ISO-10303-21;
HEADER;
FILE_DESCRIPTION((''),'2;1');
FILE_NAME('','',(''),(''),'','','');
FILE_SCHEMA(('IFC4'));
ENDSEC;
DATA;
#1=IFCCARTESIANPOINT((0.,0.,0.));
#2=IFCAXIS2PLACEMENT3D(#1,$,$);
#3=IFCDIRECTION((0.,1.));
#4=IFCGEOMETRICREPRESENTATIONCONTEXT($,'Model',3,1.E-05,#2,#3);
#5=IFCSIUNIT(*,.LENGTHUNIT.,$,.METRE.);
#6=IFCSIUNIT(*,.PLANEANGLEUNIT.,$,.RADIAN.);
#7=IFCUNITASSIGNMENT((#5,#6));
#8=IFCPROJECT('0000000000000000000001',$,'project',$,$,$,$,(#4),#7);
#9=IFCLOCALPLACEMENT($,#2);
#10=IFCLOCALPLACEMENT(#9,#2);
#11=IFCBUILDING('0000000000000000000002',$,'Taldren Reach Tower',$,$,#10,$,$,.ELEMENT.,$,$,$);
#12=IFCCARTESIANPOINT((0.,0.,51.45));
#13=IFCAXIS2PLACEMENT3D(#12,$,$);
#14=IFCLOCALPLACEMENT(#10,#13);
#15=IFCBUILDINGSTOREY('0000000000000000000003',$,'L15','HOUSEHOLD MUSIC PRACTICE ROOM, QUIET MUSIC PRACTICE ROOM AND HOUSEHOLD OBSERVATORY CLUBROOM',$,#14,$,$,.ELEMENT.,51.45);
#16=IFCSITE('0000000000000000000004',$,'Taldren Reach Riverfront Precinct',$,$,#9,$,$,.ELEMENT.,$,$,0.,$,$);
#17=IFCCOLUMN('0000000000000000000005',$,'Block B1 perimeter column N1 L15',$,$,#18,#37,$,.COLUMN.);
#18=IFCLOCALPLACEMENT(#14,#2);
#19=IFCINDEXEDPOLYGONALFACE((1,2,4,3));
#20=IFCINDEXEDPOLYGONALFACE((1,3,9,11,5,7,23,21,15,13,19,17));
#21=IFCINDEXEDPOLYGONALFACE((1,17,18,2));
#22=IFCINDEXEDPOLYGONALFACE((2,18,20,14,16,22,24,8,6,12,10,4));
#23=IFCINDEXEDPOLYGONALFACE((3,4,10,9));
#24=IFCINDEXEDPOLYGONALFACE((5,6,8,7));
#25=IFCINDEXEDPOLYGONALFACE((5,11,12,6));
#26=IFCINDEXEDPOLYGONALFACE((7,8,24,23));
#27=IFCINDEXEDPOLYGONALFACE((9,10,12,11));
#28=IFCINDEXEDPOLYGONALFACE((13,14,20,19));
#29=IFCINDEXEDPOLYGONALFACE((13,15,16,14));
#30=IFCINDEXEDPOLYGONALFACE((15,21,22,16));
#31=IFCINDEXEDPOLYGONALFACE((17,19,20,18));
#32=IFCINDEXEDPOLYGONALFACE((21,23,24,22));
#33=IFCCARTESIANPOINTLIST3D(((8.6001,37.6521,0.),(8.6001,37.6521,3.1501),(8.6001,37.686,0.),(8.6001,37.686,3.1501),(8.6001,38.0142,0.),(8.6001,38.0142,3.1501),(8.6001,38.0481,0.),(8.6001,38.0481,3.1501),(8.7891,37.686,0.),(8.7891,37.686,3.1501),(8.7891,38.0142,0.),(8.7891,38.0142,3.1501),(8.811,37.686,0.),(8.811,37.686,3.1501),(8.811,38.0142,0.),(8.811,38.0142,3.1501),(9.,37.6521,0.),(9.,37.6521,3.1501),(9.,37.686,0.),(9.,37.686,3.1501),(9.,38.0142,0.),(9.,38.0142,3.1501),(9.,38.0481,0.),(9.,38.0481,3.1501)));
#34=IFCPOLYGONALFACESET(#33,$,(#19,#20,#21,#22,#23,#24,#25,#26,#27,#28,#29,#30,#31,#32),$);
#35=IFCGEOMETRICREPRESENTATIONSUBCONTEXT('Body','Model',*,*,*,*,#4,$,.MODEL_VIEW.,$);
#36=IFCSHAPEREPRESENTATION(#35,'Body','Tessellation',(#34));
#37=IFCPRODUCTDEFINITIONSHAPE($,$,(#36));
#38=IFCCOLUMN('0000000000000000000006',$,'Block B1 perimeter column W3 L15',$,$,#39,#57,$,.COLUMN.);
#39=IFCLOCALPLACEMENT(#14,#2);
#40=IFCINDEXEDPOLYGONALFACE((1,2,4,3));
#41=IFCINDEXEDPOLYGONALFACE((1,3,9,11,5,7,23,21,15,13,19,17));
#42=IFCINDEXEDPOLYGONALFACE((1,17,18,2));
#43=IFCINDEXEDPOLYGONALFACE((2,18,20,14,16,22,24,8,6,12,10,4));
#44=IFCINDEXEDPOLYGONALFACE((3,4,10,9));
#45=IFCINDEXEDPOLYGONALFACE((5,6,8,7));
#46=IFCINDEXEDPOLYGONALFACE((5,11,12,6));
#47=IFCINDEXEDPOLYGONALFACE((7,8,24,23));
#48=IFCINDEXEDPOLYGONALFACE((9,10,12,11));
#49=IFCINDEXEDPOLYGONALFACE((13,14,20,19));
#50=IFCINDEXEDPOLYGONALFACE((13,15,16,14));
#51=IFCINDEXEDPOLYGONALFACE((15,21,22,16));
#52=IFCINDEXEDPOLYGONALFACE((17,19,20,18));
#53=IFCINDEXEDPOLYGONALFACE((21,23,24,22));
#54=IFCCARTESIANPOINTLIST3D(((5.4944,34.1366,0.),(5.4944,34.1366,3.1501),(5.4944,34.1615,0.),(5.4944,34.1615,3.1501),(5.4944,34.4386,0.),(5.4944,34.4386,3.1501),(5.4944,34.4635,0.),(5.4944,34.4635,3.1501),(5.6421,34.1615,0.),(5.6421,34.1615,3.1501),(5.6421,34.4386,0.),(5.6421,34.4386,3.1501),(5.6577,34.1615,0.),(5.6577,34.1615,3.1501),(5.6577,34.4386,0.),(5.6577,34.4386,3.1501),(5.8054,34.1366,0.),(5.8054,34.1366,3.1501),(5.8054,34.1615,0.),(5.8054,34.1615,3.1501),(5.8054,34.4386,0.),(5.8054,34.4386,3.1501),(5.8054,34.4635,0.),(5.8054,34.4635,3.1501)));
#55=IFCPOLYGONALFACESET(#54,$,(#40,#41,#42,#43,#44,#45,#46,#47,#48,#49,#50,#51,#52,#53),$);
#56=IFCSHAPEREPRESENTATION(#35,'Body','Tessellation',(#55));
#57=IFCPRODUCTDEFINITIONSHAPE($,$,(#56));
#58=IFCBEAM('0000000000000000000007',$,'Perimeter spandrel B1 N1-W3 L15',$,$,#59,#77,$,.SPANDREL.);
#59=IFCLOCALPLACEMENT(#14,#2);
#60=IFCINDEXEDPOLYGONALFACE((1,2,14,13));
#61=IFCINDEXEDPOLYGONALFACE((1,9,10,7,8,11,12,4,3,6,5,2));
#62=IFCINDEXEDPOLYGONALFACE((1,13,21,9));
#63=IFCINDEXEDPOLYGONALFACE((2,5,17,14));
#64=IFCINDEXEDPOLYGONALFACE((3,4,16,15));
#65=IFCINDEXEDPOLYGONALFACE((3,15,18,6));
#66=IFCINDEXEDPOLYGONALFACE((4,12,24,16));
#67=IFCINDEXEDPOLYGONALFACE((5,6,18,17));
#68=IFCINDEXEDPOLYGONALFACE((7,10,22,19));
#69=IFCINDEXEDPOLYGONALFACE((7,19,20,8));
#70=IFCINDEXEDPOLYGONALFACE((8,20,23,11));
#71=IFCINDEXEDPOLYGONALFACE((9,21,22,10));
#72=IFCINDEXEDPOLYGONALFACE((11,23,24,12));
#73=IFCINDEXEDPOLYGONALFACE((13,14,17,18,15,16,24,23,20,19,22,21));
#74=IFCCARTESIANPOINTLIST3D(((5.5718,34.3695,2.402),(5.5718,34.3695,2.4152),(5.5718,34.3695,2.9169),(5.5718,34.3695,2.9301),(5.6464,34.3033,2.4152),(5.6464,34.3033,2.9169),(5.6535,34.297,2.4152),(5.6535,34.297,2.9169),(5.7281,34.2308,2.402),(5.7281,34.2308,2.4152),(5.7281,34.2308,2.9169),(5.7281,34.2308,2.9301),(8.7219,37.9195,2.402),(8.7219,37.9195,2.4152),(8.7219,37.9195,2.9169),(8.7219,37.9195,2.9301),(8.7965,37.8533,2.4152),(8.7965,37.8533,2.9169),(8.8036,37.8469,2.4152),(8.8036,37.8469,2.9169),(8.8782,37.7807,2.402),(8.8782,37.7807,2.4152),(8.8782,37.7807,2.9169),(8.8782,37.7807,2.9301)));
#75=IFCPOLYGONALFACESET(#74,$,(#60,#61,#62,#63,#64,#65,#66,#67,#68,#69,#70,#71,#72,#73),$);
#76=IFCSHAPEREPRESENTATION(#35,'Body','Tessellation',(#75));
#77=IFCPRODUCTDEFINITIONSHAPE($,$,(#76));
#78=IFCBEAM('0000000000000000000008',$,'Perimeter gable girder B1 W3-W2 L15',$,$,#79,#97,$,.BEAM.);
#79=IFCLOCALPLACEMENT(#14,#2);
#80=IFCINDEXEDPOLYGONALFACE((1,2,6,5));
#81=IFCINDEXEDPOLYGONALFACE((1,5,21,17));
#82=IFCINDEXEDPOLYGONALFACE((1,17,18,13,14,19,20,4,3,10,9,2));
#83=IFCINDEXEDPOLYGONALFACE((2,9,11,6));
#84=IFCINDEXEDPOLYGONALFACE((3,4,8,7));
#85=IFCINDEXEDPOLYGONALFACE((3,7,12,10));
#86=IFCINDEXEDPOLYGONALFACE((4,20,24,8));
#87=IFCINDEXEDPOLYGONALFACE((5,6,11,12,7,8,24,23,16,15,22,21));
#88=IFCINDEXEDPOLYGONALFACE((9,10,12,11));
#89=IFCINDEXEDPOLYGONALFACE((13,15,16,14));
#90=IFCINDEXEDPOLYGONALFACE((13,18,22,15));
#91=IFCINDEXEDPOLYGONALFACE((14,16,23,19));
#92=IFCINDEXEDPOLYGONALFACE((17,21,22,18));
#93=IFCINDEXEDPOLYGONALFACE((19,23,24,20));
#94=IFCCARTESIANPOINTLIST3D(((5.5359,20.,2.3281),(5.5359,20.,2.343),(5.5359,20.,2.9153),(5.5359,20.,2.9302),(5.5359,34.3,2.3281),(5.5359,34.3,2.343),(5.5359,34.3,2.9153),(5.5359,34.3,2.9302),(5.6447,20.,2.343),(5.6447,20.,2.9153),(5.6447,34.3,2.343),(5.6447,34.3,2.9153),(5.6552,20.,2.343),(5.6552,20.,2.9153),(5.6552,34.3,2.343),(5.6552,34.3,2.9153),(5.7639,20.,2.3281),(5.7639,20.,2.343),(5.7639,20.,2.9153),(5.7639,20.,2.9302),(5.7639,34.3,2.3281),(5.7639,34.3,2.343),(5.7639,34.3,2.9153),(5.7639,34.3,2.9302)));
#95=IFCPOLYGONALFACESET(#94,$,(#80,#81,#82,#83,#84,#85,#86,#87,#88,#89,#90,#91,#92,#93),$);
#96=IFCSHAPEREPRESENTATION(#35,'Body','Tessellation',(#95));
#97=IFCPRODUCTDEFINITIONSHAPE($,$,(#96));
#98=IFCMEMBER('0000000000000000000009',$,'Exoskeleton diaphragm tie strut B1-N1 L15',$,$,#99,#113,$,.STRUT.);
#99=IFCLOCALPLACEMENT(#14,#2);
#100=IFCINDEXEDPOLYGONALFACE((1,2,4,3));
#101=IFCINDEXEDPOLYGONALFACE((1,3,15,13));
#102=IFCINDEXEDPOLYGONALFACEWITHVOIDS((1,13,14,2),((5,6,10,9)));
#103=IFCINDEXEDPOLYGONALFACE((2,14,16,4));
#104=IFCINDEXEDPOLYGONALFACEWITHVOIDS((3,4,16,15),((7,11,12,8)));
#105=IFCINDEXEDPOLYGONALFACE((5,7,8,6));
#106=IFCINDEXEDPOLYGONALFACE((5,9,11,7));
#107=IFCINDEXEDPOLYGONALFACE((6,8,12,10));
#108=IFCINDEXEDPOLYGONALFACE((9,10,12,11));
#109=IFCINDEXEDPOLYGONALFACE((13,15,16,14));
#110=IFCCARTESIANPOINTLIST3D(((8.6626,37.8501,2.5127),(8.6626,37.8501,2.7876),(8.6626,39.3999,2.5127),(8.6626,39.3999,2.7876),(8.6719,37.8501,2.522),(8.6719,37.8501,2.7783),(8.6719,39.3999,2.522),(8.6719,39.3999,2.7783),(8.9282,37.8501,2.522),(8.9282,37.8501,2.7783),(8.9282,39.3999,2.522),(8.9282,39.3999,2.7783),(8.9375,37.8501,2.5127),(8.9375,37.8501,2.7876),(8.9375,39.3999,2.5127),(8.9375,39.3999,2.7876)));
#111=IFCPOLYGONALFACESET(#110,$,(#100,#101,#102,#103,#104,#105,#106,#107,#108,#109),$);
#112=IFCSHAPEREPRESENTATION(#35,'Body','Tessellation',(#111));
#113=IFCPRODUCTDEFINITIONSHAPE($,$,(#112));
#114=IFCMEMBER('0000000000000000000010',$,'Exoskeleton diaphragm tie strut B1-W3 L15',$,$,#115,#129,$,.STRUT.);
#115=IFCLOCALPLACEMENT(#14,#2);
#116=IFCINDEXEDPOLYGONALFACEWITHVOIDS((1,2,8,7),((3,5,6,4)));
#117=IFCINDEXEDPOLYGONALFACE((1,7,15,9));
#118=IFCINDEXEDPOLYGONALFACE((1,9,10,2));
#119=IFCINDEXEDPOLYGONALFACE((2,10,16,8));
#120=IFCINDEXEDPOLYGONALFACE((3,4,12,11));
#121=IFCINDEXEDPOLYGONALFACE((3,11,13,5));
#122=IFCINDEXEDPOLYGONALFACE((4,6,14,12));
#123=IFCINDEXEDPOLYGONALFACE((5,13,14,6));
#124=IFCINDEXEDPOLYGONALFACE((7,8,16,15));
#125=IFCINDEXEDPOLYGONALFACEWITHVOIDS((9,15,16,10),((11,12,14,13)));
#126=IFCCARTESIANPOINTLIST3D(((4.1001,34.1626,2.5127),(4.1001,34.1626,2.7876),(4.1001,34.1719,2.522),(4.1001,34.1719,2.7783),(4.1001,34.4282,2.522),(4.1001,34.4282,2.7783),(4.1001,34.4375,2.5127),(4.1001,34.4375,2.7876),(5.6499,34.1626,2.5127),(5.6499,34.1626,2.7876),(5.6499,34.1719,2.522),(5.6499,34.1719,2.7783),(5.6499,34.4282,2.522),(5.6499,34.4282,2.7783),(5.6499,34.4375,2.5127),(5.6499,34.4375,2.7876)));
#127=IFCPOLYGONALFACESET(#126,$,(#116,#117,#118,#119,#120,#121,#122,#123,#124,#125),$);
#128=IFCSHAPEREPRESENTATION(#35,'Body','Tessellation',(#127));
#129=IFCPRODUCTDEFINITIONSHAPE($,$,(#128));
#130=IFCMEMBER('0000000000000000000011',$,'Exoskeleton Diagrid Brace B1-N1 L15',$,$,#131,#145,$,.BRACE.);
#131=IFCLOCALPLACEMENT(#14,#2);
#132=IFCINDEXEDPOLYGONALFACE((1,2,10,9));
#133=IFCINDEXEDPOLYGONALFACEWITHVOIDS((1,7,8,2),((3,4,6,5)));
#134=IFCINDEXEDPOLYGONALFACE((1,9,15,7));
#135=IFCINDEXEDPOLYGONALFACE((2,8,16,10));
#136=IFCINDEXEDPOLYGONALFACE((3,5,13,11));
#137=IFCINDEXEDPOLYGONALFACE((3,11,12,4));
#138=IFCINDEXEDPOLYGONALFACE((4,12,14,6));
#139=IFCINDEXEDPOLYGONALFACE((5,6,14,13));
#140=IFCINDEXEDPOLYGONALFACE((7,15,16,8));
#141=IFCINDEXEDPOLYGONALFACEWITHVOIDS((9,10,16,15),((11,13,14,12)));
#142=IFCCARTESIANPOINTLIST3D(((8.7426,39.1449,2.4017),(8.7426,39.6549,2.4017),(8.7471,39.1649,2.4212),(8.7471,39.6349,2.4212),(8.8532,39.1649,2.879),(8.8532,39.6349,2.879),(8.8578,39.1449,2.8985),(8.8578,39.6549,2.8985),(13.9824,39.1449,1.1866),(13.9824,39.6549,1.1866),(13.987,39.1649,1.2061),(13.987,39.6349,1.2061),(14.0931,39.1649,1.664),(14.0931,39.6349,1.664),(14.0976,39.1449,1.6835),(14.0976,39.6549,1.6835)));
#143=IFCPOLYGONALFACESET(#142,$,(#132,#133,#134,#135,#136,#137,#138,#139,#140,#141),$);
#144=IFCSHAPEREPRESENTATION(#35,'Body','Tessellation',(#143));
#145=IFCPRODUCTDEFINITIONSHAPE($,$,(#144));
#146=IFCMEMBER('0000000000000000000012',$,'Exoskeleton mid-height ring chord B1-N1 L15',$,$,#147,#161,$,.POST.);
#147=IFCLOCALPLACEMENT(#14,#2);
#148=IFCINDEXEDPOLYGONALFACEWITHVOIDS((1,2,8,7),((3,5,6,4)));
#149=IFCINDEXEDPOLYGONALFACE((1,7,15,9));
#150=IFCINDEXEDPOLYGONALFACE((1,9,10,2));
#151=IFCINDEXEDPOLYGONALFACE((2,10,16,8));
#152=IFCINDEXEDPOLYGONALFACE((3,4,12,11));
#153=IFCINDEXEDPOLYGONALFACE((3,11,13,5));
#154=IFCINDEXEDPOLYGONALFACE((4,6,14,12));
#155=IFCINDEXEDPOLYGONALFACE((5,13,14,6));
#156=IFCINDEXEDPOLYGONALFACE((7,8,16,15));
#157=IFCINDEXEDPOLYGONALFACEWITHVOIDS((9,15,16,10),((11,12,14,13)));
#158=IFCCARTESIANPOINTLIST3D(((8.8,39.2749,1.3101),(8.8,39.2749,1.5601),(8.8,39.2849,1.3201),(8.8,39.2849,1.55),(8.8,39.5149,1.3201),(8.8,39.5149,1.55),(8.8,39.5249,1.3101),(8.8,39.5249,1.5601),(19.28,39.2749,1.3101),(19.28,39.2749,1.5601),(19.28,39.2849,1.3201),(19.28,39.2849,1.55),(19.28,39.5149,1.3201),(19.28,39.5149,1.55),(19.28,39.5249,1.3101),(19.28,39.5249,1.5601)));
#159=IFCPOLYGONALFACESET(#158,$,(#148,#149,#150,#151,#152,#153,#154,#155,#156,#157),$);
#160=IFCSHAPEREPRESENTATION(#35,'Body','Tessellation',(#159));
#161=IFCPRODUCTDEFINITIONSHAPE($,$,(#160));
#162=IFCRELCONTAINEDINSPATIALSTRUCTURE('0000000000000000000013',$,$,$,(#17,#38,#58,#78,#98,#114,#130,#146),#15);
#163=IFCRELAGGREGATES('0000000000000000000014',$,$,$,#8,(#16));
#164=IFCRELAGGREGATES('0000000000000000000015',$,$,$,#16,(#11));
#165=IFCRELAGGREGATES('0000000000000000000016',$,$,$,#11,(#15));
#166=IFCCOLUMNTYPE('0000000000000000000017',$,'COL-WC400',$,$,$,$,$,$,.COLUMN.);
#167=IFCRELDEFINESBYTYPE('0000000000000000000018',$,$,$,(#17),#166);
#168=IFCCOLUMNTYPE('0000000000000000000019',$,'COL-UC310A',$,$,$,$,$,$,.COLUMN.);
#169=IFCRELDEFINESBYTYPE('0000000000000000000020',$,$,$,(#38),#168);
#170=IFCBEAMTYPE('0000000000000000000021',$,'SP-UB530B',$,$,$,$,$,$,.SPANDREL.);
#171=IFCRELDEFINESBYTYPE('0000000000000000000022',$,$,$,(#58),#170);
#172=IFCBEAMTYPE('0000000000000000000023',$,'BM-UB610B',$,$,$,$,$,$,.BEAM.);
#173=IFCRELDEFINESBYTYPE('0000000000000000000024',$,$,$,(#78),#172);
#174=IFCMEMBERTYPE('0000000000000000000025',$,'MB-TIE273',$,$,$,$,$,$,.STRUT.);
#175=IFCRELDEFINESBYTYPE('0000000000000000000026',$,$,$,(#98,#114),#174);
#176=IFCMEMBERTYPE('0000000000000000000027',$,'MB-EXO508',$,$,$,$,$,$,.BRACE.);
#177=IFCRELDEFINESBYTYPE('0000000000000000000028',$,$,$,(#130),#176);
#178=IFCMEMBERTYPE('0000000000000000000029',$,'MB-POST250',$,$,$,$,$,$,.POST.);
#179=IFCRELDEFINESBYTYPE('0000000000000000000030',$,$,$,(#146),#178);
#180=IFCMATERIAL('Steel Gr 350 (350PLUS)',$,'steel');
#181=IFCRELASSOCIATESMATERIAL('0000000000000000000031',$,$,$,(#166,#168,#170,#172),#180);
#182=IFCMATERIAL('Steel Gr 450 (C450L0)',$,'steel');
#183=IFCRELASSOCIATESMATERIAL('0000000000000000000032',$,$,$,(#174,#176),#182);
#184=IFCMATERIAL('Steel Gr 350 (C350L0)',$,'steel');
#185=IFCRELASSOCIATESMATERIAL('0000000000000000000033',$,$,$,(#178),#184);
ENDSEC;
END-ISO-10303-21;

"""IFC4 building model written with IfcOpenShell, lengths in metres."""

from ifc_helpers import new_model, si_unit, direction, frame, origin, origin_2d, place, context, subcontext, project, spatial, hollow_rectangle, i_section, extrude, source, transform, mapped, material, material_profile, profile_set, type_object, element, save


model = new_model("IFC4")

# Units and contexts
model_context = context("Model", 3, precision=1e-05, world=origin(), true_north=direction((0.0, 1.0)))
body_context = subcontext(model_context, "Body", "Model", "MODEL_VIEW")
ifc_project = project(units=[si_unit("LENGTHUNIT", "METRE"), si_unit("PLANEANGLEUNIT", "RADIAN")], contexts=[model_context])

# Site, building, storey
site_placement = place(None, origin())
site = spatial("IfcSite", under=ifc_project, at=site_placement, Name="Taldren Reach Riverfront Precinct", CompositionType="ELEMENT", RefElevation=0.0)
building_placement = place(site_placement, origin())
building = spatial("IfcBuilding", under=site, at=building_placement, Name="Taldren Reach Tower", CompositionType="ELEMENT")
storey_placement = place(building_placement, frame((0.0, 0.0, 51.45)))
storey = spatial("IfcBuildingStorey", under=building, at=storey_placement, Name="L15", Description="HOUSEHOLD MUSIC PRACTICE ROOM, QUIET MUSIC PRACTICE ROOM AND HOUSEHOLD OBSERVATORY CLUBROOM", CompositionType="ELEMENT", Elevation=51.45)

# Columns
ifc_material_1 = material(Name="Steel Gr 350 (350PLUS)", Category="steel")
ifc_material_profile_1 = material_profile(ifc_material_1, i_section(OverallWidth=0.3999, OverallDepth=0.396, WebThickness=0.022, FlangeThickness=0.0339, at=origin_2d()), Name="400WC270")
ifc_profile_set_1 = profile_set([ifc_material_profile_1], Name="Steel Gr 350 (350PLUS)")
column_type_1 = type_object("IfcColumnType", Name="COL-WC400", PredefinedType="COLUMN", material=ifc_profile_set_1)
shared_shape_1 = source(origin(), body_context, "Body", "SweptSolid", [
    extrude(i_section(OverallWidth=0.3999, OverallDepth=0.396, WebThickness=0.022, FlangeThickness=0.0339, at=origin_2d()), origin(), (0.0, 0.0, 1.0), 3.1501),
])
column_1_placement = place(storey_placement, frame((8.8, 37.8501, 0.0), z_axis=(0.0, 0.0, 1.0), x_axis=(1.0, 0.0, 0.0)))
element("IfcColumn", 1, at=column_1_placement, inside=storey, type_object=column_type_1, Name="Block B1 perimeter column N1 L15", PredefinedType="COLUMN", context=body_context, shape_type="MappedRepresentation", body=[
    mapped(shared_shape_1, transform((0.0, 0.0, 0.0), scale=1.0)),
])
ifc_material_profile_2 = material_profile(ifc_material_1, i_section(OverallWidth=0.311, OverallDepth=0.3269, WebThickness=0.0156, FlangeThickness=0.0249, at=origin_2d()), Name="310UC158")
ifc_profile_set_2 = profile_set([ifc_material_profile_2], Name="Steel Gr 350 (350PLUS)")
column_type_2 = type_object("IfcColumnType", Name="COL-UC310A", PredefinedType="COLUMN", material=ifc_profile_set_2)
shared_shape_2 = source(origin(), body_context, "Body", "SweptSolid", [
    extrude(i_section(OverallWidth=0.311, OverallDepth=0.3269, WebThickness=0.0156, FlangeThickness=0.0249, at=origin_2d()), origin(), (0.0, 0.0, 1.0), 3.1501),
])
column_2_placement = place(storey_placement, frame((5.6499, 34.3, 0.0), z_axis=(0.0, 0.0, 1.0), x_axis=(1.0, 0.0, 0.0)))
element("IfcColumn", 2, at=column_2_placement, inside=storey, type_object=column_type_2, Name="Block B1 perimeter column W3 L15", PredefinedType="COLUMN", context=body_context, shape_type="MappedRepresentation", body=[
    mapped(shared_shape_2, transform((0.0, 0.0, 0.0), scale=1.0)),
])

# Beams
ifc_material_profile_3 = material_profile(ifc_material_1, i_section(OverallWidth=0.209, OverallDepth=0.5281, WebThickness=0.0095, FlangeThickness=0.0132, at=origin_2d()), Name="530UB82.0")
ifc_profile_set_3 = profile_set([ifc_material_profile_3], Name="Steel Gr 350 (350PLUS)")
beam_type_1 = type_object("IfcBeamType", Name="SP-UB530B", PredefinedType="SPANDREL", material=ifc_profile_set_3)
shared_shape_3 = source(origin(), body_context, "Body", "SweptSolid", [
    extrude(i_section(OverallWidth=0.209, OverallDepth=0.5281, WebThickness=0.0095, FlangeThickness=0.0132, at=origin_2d()), origin(), (0.0, 0.0, 1.0), 4.7461),
])
beam_1_placement = place(storey_placement, frame((8.8, 37.8501, 2.666), z_axis=(-0.663722, -0.747979, 0.0), x_axis=(0.747979, -0.663722, 0.0)))
element("IfcBeam", 3, at=beam_1_placement, inside=storey, type_object=beam_type_1, Name="Perimeter spandrel B1 N1-W3 L15", PredefinedType="SPANDREL", context=body_context, shape_type="MappedRepresentation", body=[
    mapped(shared_shape_3, transform((0.0, 0.0, 0.0), scale=1.0)),
])
ifc_material_profile_4 = material_profile(ifc_material_1, i_section(OverallWidth=0.228, OverallDepth=0.6021, WebThickness=0.0105, FlangeThickness=0.0149, at=origin_2d()), Name="610UB101")
ifc_profile_set_4 = profile_set([ifc_material_profile_4], Name="Steel Gr 350 (350PLUS)")
beam_type_2 = type_object("IfcBeamType", Name="BM-UB610B", PredefinedType="BEAM", material=ifc_profile_set_4)
shared_shape_4 = source(origin(), body_context, "Body", "SweptSolid", [
    extrude(i_section(OverallWidth=0.228, OverallDepth=0.6021, WebThickness=0.0105, FlangeThickness=0.0149, at=origin_2d()), origin(), (0.0, 0.0, 1.0), 14.3),
])
beam_2_placement = place(storey_placement, frame((5.6499, 34.3, 2.6292), z_axis=(0.0, -1.0, 0.0), x_axis=(1.0, 0.0, 0.0)))
element("IfcBeam", 4, at=beam_2_placement, inside=storey, type_object=beam_type_2, Name="Perimeter gable girder B1 W3-W2 L15", PredefinedType="BEAM", context=body_context, shape_type="MappedRepresentation", body=[
    mapped(shared_shape_4, transform((0.0, 0.0, 0.0), scale=1.0)),
])

# Members
ifc_material_2 = material(Name="Steel Gr 450 (C450L0)", Category="steel")
ifc_material_profile_5 = material_profile(ifc_material_2, hollow_rectangle(XDim=0.2749, YDim=0.2749, WallThickness=0.0093, at=origin_2d()), Name="275x275x9.3SHS")
ifc_profile_set_5 = profile_set([ifc_material_profile_5], Name="Steel Gr 450 (C450L0)")
member_type_1 = type_object("IfcMemberType", Name="MB-TIE273", PredefinedType="STRUT", material=ifc_profile_set_5)
shared_shape_5 = source(origin(), body_context, "Body", "SweptSolid", [
    extrude(hollow_rectangle(XDim=0.2749, YDim=0.2749, WallThickness=0.0093, at=origin_2d()), origin(), (0.0, 0.0, 1.0), 1.5498),
])
for number, where, z_axis, x_axis, name in (
    (5, (8.8, 37.8501, 2.6501), (0.0, 1.0, 0.0), (-1.0, 0.0, 0.0), "Exoskeleton diaphragm tie strut B1-N1 L15"),
    (6, (5.6499, 34.3, 2.6501), (-1.0, 0.0, 0.0), (0.0, -1.0, 0.0), "Exoskeleton diaphragm tie strut B1-W3 L15"),
):
    element("IfcMember", number, at=place(storey_placement, frame(where, z_axis=z_axis, x_axis=x_axis)), inside=storey, type_object=member_type_1, Name=name, PredefinedType="STRUT", context=body_context, shape_type="MappedRepresentation", body=[
        mapped(shared_shape_5, transform((0.0, 0.0, 0.0), scale=1.0)),
    ])
ifc_material_profile_6 = material_profile(ifc_material_2, hollow_rectangle(XDim=0.51, YDim=0.51, WallThickness=0.02, at=origin_2d()), Name="510x510x20.0SHS")
ifc_profile_set_6 = profile_set([ifc_material_profile_6], Name="Steel Gr 450 (C450L0)")
member_type_2 = type_object("IfcMemberType", Name="MB-EXO508", PredefinedType="BRACE", material=ifc_profile_set_6)
shared_shape_6 = source(origin(), body_context, "Body", "SweptSolid", [
    extrude(hollow_rectangle(XDim=0.51, YDim=0.51, WallThickness=0.02, at=origin_2d()), origin(), (0.0, 0.0, 1.0), 5.3789),
])
member_1_placement = place(storey_placement, frame((14.04, 39.3999, 1.4351), z_axis=(-0.974152, 0.0, 0.225894), x_axis=(0.0, -1.0, 0.0)))
element("IfcMember", 7, at=member_1_placement, inside=storey, type_object=member_type_2, Name="Exoskeleton Diagrid Brace B1-N1 L15", PredefinedType="BRACE", context=body_context, shape_type="MappedRepresentation", body=[
    mapped(shared_shape_6, transform((0.0, 0.0, 0.0), scale=1.0)),
])
ifc_material_3 = material(Name="Steel Gr 350 (C350L0)", Category="steel")
ifc_material_profile_7 = material_profile(ifc_material_3, hollow_rectangle(XDim=0.25, YDim=0.25, WallThickness=0.01, at=origin_2d()), Name="250x250x10.0SHS")
ifc_profile_set_7 = profile_set([ifc_material_profile_7], Name="Steel Gr 350 (C350L0)")
member_type_3 = type_object("IfcMemberType", Name="MB-POST250", PredefinedType="POST", material=ifc_profile_set_7)
shared_shape_7 = source(origin(), body_context, "Body", "SweptSolid", [
    extrude(hollow_rectangle(XDim=0.25, YDim=0.25, WallThickness=0.01, at=origin_2d()), origin(), (0.0, 0.0, 1.0), 10.48),
])
member_2_placement = place(storey_placement, frame((8.8, 39.3999, 1.4351), z_axis=(1.0, 0.0, 0.0), x_axis=(0.0, 1.0, 0.0)))
element("IfcMember", 8, at=member_2_placement, inside=storey, type_object=member_type_3, Name="Exoskeleton mid-height ring chord B1-N1 L15", PredefinedType="POST", context=body_context, shape_type="MappedRepresentation", body=[
    mapped(shared_shape_7, transform((0.0, 0.0, 0.0), scale=1.0)),
])

save(model, "model.ifc")
